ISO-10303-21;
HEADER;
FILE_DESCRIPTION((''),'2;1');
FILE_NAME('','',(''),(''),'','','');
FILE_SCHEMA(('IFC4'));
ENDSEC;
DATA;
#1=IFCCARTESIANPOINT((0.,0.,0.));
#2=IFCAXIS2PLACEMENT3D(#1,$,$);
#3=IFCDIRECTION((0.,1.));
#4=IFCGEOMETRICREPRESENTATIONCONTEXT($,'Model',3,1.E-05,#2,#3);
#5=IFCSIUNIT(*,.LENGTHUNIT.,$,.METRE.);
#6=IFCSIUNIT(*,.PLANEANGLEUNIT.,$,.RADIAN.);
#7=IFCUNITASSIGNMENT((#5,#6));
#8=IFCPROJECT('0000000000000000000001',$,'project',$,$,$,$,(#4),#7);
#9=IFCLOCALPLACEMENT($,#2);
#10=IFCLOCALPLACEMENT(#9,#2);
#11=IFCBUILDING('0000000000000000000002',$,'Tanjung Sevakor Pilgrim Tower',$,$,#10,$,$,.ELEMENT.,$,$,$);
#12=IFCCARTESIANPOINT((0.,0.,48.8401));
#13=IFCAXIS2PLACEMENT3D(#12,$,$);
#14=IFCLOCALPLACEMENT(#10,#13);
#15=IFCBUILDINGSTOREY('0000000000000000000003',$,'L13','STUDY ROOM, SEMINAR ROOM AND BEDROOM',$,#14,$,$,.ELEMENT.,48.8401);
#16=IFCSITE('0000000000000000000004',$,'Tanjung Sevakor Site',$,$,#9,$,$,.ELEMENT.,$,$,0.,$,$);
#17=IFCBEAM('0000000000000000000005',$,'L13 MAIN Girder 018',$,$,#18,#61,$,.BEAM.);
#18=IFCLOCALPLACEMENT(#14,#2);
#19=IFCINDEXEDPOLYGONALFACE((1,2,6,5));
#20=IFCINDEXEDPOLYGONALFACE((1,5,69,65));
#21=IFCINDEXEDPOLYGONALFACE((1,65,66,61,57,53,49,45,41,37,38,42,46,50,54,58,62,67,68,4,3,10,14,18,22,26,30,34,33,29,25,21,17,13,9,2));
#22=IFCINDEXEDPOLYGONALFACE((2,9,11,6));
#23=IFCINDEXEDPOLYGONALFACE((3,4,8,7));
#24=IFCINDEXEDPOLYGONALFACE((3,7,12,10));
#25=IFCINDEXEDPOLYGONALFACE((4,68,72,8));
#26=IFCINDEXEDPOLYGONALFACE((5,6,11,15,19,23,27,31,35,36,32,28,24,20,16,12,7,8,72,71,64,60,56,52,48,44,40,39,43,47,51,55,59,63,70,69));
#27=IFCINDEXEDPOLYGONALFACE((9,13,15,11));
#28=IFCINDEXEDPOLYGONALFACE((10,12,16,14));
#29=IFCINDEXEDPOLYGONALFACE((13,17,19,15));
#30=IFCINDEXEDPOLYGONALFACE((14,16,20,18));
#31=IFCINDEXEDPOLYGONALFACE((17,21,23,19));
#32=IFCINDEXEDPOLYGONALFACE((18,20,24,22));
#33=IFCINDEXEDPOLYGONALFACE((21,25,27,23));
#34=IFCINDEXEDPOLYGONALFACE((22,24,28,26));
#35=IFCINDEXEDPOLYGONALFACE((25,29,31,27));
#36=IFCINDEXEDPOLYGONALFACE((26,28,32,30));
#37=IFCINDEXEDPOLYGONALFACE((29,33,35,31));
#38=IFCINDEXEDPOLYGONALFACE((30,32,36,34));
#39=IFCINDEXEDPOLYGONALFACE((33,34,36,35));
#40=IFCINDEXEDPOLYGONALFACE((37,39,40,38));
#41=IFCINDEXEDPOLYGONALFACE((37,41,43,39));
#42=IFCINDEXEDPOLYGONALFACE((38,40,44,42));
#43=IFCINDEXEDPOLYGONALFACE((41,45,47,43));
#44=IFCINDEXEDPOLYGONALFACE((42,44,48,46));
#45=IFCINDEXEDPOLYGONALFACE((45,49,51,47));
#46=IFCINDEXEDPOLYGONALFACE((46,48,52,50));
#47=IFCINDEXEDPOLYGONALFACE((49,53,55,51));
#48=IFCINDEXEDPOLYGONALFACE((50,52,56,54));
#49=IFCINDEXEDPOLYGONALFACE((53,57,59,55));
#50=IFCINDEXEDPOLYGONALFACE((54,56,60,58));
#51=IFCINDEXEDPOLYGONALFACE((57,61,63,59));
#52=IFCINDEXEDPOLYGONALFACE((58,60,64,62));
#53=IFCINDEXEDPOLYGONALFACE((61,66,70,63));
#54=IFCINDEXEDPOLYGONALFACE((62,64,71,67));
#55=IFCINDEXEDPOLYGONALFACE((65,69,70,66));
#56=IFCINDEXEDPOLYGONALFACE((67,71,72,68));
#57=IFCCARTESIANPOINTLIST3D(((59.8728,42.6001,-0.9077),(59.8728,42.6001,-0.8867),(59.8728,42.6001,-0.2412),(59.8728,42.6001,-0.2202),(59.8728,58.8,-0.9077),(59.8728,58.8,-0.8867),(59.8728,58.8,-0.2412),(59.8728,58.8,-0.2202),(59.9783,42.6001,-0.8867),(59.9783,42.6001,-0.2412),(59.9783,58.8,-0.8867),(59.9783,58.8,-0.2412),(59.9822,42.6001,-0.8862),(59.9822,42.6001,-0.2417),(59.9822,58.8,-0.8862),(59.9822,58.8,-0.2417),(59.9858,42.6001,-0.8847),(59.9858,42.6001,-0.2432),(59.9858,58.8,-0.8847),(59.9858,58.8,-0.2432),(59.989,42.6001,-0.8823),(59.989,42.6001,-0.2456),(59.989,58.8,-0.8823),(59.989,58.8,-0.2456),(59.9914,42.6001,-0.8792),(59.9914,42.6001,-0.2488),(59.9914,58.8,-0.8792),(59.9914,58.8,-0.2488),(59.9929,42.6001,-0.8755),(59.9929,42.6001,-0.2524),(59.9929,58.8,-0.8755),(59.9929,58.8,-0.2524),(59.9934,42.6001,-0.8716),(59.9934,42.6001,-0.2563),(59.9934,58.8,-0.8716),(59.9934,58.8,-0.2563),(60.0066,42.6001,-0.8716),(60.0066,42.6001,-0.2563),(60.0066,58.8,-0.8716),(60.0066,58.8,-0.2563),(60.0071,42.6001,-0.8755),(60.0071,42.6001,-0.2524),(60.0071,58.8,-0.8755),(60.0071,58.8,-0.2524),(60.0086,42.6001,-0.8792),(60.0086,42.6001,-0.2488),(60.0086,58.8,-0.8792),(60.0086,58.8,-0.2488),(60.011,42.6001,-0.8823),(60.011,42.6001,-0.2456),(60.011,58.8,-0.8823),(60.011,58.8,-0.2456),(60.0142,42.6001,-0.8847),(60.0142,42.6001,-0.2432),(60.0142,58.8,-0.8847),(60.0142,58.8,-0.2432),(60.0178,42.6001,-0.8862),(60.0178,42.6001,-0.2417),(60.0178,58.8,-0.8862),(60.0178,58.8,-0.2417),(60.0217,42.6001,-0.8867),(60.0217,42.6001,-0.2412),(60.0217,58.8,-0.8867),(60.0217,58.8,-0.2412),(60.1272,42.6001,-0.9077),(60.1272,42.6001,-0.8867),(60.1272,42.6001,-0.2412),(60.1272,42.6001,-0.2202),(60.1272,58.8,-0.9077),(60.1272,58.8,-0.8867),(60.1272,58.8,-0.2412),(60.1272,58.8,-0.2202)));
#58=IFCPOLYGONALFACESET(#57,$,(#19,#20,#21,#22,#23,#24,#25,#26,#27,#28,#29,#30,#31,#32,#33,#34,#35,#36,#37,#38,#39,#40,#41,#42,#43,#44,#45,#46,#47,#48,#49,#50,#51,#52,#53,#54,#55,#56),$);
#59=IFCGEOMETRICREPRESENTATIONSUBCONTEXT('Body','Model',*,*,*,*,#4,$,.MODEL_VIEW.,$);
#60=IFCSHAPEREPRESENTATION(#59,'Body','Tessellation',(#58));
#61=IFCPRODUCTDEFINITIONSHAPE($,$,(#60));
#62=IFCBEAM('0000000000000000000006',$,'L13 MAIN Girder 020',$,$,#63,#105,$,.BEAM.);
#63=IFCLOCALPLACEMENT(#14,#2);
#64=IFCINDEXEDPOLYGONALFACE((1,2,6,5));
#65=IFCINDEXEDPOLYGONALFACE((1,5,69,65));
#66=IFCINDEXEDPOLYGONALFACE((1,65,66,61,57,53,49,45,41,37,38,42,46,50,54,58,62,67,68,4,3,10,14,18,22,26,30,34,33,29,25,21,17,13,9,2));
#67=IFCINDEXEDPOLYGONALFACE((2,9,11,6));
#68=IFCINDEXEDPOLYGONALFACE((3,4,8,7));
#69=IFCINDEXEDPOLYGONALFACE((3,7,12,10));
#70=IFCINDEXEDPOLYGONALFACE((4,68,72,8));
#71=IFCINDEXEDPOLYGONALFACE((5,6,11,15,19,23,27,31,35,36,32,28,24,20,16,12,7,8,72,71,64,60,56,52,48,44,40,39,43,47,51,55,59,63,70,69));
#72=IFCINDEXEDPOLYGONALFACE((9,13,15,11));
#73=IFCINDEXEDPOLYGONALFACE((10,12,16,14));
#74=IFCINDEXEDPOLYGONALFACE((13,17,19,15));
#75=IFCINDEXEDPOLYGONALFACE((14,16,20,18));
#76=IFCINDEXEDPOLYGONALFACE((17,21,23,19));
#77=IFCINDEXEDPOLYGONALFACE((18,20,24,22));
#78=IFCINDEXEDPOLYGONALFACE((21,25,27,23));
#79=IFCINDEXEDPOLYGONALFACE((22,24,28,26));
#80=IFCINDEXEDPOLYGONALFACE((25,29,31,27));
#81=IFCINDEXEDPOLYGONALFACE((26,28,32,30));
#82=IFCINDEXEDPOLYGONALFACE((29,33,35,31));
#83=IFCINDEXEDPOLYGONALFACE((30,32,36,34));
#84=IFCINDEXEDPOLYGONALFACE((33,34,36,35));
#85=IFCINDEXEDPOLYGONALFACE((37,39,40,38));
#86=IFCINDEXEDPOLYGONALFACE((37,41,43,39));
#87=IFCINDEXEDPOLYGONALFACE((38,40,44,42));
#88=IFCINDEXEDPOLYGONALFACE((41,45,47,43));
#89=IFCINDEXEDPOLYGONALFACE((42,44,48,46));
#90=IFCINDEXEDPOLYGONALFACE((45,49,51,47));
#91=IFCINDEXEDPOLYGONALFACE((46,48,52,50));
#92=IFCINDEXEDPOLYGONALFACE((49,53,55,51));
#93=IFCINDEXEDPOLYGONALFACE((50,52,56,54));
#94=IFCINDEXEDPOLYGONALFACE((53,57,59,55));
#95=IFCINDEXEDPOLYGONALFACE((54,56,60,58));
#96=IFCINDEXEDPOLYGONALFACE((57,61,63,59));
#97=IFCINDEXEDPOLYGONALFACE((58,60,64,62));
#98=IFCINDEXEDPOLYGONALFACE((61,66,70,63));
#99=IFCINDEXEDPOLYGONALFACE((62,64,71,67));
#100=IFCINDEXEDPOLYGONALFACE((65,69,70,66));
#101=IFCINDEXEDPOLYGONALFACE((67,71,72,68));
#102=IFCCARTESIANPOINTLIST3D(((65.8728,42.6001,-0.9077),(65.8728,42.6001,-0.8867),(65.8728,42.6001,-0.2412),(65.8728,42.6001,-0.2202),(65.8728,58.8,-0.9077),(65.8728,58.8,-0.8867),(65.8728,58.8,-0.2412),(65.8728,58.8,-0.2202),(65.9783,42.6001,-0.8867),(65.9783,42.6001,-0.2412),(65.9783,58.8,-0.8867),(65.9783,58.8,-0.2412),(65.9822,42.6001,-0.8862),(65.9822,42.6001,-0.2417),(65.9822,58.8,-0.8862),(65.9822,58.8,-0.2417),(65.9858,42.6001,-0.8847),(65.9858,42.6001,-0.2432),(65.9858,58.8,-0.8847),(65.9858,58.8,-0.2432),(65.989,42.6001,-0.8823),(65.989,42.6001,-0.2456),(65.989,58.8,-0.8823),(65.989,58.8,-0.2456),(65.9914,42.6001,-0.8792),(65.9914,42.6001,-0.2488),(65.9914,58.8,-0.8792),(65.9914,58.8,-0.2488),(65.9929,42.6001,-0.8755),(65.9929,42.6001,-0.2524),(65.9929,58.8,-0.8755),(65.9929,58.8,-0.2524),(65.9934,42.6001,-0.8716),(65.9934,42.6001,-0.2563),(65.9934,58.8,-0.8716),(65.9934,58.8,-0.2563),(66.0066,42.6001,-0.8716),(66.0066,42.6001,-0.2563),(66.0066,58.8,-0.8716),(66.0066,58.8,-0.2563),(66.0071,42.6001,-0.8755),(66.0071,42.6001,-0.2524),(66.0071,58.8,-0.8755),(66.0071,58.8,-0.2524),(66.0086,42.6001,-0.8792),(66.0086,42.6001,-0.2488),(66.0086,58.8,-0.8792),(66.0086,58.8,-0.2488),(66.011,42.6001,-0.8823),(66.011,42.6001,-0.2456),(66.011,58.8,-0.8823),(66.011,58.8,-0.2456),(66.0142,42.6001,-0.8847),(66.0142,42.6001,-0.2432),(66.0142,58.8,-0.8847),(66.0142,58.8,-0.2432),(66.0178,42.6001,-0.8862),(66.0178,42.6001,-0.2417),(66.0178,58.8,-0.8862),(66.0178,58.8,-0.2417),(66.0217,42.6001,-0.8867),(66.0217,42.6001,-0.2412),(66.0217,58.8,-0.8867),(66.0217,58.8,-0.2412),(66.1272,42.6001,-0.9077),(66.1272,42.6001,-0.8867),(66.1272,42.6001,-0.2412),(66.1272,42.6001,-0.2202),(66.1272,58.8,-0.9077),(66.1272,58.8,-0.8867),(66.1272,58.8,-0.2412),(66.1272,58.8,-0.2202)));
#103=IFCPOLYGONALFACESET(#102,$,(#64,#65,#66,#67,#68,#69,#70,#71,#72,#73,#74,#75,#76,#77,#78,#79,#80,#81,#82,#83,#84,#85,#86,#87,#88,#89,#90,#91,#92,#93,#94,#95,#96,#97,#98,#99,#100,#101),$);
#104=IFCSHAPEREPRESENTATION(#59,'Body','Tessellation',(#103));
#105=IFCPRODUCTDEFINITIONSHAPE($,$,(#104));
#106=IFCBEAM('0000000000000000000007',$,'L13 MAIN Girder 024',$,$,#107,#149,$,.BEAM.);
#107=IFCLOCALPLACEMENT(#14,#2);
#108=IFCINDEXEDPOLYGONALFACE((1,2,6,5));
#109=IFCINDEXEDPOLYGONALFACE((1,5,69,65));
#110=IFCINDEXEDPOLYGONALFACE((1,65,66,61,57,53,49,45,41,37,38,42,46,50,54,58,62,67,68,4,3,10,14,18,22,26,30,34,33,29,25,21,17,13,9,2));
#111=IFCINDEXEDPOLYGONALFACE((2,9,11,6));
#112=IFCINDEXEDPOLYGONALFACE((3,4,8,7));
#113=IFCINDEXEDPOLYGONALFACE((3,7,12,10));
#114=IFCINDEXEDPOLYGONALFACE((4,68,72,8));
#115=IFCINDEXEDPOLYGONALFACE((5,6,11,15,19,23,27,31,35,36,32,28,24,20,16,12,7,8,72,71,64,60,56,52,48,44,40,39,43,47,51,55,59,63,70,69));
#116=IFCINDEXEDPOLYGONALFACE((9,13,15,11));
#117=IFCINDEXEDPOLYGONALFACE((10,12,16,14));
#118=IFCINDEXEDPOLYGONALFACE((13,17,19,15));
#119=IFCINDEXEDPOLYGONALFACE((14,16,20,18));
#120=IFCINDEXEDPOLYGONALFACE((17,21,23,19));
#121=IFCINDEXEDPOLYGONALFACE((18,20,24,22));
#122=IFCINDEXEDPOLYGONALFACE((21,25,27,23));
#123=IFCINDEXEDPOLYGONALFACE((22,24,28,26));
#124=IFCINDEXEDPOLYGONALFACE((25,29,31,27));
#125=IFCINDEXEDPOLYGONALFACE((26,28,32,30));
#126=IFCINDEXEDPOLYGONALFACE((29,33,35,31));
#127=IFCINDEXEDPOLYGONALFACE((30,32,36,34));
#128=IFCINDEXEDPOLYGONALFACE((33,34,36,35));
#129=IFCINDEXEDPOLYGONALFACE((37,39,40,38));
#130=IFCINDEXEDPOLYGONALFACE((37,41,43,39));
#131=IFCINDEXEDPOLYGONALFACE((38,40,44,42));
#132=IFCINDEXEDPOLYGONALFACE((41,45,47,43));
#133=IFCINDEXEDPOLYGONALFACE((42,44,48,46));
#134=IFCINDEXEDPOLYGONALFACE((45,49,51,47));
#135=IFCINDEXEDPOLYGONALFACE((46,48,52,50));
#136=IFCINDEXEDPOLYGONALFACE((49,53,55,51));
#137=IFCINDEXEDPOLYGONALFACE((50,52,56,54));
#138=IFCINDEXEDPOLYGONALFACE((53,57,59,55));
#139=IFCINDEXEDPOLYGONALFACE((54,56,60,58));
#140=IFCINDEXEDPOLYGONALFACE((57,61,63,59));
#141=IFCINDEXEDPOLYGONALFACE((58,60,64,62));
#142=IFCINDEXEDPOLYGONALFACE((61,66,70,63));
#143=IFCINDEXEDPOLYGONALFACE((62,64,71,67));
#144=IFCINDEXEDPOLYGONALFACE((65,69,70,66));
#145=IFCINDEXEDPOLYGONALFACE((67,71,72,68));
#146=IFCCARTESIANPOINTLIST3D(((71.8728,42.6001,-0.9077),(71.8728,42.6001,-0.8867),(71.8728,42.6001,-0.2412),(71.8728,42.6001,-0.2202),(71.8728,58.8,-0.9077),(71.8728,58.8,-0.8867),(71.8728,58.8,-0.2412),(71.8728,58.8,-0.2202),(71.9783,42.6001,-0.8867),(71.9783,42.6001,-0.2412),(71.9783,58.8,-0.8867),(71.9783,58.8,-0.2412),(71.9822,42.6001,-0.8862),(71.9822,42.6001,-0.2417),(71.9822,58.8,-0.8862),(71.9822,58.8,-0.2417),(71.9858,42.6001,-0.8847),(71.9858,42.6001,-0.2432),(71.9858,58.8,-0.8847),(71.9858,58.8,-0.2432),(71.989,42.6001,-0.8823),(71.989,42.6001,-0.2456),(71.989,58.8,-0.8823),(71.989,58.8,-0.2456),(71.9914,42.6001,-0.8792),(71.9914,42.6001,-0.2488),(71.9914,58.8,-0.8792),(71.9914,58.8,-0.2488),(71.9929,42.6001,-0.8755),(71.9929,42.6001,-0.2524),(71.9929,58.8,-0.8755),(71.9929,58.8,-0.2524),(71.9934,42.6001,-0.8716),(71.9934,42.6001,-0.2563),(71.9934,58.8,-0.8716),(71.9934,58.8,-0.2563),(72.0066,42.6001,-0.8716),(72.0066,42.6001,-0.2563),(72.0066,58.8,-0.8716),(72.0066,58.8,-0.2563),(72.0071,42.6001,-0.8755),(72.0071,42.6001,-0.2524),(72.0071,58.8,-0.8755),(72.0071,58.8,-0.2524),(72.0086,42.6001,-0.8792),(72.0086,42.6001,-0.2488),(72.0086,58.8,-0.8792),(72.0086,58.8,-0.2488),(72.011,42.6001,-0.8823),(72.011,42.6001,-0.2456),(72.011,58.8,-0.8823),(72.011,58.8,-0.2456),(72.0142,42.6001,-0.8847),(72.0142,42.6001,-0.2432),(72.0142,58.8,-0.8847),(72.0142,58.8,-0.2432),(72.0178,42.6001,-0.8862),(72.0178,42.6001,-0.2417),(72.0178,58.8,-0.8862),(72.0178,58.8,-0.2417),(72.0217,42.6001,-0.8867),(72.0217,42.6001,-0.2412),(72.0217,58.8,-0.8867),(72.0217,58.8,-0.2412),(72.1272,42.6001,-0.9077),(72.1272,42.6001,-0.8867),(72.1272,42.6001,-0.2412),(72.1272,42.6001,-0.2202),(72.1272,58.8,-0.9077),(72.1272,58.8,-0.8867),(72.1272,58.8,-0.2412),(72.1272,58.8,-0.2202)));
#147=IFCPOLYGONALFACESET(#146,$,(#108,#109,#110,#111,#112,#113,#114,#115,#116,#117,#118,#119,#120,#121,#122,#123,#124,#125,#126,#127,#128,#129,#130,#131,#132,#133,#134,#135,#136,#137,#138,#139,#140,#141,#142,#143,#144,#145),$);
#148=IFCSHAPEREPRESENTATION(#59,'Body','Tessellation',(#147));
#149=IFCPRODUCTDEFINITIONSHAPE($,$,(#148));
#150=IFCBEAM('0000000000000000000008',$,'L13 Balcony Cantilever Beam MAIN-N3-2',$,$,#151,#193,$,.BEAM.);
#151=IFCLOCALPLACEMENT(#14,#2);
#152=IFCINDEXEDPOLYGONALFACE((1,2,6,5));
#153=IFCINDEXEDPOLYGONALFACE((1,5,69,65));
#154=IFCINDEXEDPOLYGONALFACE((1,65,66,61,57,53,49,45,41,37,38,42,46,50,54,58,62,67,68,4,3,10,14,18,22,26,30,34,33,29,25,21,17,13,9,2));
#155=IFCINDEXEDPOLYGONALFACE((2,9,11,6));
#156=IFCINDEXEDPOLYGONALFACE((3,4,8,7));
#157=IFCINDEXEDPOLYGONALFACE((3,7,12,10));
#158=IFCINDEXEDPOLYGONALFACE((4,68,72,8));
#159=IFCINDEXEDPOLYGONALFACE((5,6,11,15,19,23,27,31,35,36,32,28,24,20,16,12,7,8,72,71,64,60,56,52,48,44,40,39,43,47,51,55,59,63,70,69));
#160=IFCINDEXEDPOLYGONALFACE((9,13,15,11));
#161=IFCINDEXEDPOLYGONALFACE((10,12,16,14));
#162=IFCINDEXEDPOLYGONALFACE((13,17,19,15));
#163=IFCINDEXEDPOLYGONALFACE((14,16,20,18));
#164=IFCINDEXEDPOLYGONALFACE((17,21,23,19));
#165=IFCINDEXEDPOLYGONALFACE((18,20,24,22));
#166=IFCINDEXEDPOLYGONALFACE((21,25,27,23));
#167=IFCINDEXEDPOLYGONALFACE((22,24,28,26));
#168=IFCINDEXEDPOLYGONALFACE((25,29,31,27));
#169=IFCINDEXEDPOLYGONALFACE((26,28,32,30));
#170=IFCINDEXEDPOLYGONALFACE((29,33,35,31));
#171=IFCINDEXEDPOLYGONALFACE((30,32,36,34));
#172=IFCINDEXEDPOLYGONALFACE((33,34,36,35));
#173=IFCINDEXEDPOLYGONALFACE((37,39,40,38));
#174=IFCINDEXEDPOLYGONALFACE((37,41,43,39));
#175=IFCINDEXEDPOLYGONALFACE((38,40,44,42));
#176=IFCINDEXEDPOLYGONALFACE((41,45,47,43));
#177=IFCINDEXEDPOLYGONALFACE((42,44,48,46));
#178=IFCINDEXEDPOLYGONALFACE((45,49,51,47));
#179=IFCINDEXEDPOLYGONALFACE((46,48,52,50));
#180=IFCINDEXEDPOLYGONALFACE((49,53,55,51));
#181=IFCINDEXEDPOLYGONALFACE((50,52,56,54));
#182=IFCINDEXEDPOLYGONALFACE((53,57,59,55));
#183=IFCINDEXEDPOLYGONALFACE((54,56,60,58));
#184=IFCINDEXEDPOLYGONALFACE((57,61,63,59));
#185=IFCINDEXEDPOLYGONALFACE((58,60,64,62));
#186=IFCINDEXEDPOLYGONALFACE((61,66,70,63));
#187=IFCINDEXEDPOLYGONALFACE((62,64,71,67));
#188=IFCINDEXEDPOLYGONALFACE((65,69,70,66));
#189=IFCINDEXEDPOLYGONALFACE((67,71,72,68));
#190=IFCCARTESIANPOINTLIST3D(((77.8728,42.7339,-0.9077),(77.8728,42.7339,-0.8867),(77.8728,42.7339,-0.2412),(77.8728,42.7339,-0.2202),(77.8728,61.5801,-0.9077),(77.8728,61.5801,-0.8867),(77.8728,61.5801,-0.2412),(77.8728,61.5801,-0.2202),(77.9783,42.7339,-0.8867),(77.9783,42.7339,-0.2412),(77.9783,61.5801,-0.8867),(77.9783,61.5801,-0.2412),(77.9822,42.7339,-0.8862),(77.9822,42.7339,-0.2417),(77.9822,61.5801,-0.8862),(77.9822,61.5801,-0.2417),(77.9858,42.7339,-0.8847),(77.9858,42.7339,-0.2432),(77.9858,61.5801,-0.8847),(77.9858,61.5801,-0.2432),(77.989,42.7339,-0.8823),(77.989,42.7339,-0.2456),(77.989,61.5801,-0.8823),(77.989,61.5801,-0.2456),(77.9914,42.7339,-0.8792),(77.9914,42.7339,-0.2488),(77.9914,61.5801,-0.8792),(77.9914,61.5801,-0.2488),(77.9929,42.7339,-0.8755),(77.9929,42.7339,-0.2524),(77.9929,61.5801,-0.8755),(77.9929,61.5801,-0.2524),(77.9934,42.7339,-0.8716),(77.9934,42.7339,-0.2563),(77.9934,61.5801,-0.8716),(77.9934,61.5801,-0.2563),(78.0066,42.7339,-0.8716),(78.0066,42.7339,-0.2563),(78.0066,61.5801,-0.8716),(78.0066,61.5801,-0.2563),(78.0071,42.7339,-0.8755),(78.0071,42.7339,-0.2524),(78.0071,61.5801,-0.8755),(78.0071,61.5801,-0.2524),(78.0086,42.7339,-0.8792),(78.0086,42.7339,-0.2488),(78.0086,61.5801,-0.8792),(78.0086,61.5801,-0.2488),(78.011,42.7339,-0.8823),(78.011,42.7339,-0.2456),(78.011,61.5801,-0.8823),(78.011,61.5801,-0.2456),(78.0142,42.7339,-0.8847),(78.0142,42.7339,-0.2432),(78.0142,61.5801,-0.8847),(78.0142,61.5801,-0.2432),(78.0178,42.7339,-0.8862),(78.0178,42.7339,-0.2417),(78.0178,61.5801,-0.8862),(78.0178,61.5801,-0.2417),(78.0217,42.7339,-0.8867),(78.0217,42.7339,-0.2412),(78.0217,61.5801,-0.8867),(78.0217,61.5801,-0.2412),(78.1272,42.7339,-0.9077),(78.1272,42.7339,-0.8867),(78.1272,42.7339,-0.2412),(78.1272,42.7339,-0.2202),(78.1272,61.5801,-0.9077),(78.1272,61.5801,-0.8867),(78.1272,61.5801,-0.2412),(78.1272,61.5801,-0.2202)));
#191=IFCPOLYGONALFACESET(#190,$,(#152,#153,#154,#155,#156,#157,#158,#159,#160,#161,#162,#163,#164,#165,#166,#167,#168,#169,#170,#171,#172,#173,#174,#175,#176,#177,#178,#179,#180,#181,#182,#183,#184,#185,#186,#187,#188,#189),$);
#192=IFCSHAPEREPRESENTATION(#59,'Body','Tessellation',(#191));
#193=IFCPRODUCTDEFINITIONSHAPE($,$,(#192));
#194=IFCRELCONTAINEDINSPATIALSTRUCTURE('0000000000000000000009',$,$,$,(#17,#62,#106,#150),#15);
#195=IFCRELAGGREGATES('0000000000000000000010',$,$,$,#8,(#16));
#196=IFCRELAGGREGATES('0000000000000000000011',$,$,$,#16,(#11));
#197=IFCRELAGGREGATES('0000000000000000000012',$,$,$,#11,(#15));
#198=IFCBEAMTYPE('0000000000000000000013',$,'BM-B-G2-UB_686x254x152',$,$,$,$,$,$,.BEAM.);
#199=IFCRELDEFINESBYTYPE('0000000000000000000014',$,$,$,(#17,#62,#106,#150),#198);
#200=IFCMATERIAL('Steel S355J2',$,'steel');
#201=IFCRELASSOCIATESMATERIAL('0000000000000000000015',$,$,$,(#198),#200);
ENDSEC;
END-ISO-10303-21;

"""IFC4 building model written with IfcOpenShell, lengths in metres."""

from ifc_helpers import new_model, si_unit, direction, frame, origin, origin_2d, place, context, subcontext, project, spatial, i_section, extrude, material, material_profile, profile_set, type_object, element, save


model = new_model("IFC4")

# Units and contexts
model_context = context("Model", 3, precision=1e-05, world=origin(), true_north=direction((0.0, 1.0)))
body_context = subcontext(model_context, "Body", "Model", "MODEL_VIEW")
ifc_project = project(units=[si_unit("LENGTHUNIT", "METRE"), si_unit("PLANEANGLEUNIT", "RADIAN")], contexts=[model_context])

# Site, building, storey
site_placement = place(None, origin())
site = spatial("IfcSite", under=ifc_project, at=site_placement, Name="Tanjung Sevakor Site", CompositionType="ELEMENT", RefElevation=0.0)
building_placement = place(site_placement, origin())
building = spatial("IfcBuilding", under=site, at=building_placement, Name="Tanjung Sevakor Pilgrim Tower", CompositionType="ELEMENT")
storey_placement = place(building_placement, frame((0.0, 0.0, 48.8401)))
storey = spatial("IfcBuildingStorey", under=building, at=storey_placement, Name="L13", Description="STUDY ROOM, SEMINAR ROOM AND BEDROOM", CompositionType="ELEMENT", Elevation=48.8401)

# Beams
ifc_material_1 = material(Name="Steel S355J2", Category="steel")
ifc_material_profile_1 = material_profile(ifc_material_1, i_section(OverallWidth=0.2544, OverallDepth=0.6875, WebThickness=0.0132, FlangeThickness=0.021, FilletRadius=0.0151, at=origin_2d()))
ifc_profile_set_1 = profile_set([ifc_material_profile_1], Name="Steel S355J2")
beam_type_1 = type_object("IfcBeamType", Name="BM-B-G2-UB_686x254x152", PredefinedType="BEAM", material=ifc_profile_set_1)
for number, where, z_axis, x_axis, name in (
    (1, (60.0, 42.6001, -0.564), (0.0, 1.0, 0.0), (-1.0, 0.0, 0.0), "L13 MAIN Girder 018"),
    (2, (66.0, 42.6001, -0.564), (0.0, 1.0, 0.0), (-1.0, 0.0, 0.0), "L13 MAIN Girder 020"),
    (3, (72.0, 42.6001, -0.564), (0.0, 1.0, 0.0), (-1.0, 0.0, 0.0), "L13 MAIN Girder 024"),
):
    element("IfcBeam", number, at=place(storey_placement, frame(where, z_axis=z_axis, x_axis=x_axis)), inside=storey, type_object=beam_type_1, Name=name, PredefinedType="BEAM", context=body_context, shape_type="SweptSolid", body=[
        extrude(i_section(OverallWidth=0.2544, OverallDepth=0.6875, WebThickness=0.0132, FlangeThickness=0.021, FilletRadius=0.0151, at=origin_2d()), origin(), (0.0, 0.0, 1.0), 16.2),
    ])
beam_1_placement = place(storey_placement, frame((78.0, 42.7339, -0.564), z_axis=(0.0, 1.0, 0.0), x_axis=(-1.0, 0.0, 0.0)))
element("IfcBeam", 4, at=beam_1_placement, inside=storey, type_object=beam_type_1, Name="L13 Balcony Cantilever Beam MAIN-N3-2", PredefinedType="BEAM", context=body_context, shape_type="SweptSolid", body=[
    extrude(i_section(OverallWidth=0.2544, OverallDepth=0.6875, WebThickness=0.0132, FlangeThickness=0.021, FilletRadius=0.0151, at=origin_2d()), origin(), (0.0, 0.0, 1.0), 18.8462),
])

save(model, "model.ifc")
